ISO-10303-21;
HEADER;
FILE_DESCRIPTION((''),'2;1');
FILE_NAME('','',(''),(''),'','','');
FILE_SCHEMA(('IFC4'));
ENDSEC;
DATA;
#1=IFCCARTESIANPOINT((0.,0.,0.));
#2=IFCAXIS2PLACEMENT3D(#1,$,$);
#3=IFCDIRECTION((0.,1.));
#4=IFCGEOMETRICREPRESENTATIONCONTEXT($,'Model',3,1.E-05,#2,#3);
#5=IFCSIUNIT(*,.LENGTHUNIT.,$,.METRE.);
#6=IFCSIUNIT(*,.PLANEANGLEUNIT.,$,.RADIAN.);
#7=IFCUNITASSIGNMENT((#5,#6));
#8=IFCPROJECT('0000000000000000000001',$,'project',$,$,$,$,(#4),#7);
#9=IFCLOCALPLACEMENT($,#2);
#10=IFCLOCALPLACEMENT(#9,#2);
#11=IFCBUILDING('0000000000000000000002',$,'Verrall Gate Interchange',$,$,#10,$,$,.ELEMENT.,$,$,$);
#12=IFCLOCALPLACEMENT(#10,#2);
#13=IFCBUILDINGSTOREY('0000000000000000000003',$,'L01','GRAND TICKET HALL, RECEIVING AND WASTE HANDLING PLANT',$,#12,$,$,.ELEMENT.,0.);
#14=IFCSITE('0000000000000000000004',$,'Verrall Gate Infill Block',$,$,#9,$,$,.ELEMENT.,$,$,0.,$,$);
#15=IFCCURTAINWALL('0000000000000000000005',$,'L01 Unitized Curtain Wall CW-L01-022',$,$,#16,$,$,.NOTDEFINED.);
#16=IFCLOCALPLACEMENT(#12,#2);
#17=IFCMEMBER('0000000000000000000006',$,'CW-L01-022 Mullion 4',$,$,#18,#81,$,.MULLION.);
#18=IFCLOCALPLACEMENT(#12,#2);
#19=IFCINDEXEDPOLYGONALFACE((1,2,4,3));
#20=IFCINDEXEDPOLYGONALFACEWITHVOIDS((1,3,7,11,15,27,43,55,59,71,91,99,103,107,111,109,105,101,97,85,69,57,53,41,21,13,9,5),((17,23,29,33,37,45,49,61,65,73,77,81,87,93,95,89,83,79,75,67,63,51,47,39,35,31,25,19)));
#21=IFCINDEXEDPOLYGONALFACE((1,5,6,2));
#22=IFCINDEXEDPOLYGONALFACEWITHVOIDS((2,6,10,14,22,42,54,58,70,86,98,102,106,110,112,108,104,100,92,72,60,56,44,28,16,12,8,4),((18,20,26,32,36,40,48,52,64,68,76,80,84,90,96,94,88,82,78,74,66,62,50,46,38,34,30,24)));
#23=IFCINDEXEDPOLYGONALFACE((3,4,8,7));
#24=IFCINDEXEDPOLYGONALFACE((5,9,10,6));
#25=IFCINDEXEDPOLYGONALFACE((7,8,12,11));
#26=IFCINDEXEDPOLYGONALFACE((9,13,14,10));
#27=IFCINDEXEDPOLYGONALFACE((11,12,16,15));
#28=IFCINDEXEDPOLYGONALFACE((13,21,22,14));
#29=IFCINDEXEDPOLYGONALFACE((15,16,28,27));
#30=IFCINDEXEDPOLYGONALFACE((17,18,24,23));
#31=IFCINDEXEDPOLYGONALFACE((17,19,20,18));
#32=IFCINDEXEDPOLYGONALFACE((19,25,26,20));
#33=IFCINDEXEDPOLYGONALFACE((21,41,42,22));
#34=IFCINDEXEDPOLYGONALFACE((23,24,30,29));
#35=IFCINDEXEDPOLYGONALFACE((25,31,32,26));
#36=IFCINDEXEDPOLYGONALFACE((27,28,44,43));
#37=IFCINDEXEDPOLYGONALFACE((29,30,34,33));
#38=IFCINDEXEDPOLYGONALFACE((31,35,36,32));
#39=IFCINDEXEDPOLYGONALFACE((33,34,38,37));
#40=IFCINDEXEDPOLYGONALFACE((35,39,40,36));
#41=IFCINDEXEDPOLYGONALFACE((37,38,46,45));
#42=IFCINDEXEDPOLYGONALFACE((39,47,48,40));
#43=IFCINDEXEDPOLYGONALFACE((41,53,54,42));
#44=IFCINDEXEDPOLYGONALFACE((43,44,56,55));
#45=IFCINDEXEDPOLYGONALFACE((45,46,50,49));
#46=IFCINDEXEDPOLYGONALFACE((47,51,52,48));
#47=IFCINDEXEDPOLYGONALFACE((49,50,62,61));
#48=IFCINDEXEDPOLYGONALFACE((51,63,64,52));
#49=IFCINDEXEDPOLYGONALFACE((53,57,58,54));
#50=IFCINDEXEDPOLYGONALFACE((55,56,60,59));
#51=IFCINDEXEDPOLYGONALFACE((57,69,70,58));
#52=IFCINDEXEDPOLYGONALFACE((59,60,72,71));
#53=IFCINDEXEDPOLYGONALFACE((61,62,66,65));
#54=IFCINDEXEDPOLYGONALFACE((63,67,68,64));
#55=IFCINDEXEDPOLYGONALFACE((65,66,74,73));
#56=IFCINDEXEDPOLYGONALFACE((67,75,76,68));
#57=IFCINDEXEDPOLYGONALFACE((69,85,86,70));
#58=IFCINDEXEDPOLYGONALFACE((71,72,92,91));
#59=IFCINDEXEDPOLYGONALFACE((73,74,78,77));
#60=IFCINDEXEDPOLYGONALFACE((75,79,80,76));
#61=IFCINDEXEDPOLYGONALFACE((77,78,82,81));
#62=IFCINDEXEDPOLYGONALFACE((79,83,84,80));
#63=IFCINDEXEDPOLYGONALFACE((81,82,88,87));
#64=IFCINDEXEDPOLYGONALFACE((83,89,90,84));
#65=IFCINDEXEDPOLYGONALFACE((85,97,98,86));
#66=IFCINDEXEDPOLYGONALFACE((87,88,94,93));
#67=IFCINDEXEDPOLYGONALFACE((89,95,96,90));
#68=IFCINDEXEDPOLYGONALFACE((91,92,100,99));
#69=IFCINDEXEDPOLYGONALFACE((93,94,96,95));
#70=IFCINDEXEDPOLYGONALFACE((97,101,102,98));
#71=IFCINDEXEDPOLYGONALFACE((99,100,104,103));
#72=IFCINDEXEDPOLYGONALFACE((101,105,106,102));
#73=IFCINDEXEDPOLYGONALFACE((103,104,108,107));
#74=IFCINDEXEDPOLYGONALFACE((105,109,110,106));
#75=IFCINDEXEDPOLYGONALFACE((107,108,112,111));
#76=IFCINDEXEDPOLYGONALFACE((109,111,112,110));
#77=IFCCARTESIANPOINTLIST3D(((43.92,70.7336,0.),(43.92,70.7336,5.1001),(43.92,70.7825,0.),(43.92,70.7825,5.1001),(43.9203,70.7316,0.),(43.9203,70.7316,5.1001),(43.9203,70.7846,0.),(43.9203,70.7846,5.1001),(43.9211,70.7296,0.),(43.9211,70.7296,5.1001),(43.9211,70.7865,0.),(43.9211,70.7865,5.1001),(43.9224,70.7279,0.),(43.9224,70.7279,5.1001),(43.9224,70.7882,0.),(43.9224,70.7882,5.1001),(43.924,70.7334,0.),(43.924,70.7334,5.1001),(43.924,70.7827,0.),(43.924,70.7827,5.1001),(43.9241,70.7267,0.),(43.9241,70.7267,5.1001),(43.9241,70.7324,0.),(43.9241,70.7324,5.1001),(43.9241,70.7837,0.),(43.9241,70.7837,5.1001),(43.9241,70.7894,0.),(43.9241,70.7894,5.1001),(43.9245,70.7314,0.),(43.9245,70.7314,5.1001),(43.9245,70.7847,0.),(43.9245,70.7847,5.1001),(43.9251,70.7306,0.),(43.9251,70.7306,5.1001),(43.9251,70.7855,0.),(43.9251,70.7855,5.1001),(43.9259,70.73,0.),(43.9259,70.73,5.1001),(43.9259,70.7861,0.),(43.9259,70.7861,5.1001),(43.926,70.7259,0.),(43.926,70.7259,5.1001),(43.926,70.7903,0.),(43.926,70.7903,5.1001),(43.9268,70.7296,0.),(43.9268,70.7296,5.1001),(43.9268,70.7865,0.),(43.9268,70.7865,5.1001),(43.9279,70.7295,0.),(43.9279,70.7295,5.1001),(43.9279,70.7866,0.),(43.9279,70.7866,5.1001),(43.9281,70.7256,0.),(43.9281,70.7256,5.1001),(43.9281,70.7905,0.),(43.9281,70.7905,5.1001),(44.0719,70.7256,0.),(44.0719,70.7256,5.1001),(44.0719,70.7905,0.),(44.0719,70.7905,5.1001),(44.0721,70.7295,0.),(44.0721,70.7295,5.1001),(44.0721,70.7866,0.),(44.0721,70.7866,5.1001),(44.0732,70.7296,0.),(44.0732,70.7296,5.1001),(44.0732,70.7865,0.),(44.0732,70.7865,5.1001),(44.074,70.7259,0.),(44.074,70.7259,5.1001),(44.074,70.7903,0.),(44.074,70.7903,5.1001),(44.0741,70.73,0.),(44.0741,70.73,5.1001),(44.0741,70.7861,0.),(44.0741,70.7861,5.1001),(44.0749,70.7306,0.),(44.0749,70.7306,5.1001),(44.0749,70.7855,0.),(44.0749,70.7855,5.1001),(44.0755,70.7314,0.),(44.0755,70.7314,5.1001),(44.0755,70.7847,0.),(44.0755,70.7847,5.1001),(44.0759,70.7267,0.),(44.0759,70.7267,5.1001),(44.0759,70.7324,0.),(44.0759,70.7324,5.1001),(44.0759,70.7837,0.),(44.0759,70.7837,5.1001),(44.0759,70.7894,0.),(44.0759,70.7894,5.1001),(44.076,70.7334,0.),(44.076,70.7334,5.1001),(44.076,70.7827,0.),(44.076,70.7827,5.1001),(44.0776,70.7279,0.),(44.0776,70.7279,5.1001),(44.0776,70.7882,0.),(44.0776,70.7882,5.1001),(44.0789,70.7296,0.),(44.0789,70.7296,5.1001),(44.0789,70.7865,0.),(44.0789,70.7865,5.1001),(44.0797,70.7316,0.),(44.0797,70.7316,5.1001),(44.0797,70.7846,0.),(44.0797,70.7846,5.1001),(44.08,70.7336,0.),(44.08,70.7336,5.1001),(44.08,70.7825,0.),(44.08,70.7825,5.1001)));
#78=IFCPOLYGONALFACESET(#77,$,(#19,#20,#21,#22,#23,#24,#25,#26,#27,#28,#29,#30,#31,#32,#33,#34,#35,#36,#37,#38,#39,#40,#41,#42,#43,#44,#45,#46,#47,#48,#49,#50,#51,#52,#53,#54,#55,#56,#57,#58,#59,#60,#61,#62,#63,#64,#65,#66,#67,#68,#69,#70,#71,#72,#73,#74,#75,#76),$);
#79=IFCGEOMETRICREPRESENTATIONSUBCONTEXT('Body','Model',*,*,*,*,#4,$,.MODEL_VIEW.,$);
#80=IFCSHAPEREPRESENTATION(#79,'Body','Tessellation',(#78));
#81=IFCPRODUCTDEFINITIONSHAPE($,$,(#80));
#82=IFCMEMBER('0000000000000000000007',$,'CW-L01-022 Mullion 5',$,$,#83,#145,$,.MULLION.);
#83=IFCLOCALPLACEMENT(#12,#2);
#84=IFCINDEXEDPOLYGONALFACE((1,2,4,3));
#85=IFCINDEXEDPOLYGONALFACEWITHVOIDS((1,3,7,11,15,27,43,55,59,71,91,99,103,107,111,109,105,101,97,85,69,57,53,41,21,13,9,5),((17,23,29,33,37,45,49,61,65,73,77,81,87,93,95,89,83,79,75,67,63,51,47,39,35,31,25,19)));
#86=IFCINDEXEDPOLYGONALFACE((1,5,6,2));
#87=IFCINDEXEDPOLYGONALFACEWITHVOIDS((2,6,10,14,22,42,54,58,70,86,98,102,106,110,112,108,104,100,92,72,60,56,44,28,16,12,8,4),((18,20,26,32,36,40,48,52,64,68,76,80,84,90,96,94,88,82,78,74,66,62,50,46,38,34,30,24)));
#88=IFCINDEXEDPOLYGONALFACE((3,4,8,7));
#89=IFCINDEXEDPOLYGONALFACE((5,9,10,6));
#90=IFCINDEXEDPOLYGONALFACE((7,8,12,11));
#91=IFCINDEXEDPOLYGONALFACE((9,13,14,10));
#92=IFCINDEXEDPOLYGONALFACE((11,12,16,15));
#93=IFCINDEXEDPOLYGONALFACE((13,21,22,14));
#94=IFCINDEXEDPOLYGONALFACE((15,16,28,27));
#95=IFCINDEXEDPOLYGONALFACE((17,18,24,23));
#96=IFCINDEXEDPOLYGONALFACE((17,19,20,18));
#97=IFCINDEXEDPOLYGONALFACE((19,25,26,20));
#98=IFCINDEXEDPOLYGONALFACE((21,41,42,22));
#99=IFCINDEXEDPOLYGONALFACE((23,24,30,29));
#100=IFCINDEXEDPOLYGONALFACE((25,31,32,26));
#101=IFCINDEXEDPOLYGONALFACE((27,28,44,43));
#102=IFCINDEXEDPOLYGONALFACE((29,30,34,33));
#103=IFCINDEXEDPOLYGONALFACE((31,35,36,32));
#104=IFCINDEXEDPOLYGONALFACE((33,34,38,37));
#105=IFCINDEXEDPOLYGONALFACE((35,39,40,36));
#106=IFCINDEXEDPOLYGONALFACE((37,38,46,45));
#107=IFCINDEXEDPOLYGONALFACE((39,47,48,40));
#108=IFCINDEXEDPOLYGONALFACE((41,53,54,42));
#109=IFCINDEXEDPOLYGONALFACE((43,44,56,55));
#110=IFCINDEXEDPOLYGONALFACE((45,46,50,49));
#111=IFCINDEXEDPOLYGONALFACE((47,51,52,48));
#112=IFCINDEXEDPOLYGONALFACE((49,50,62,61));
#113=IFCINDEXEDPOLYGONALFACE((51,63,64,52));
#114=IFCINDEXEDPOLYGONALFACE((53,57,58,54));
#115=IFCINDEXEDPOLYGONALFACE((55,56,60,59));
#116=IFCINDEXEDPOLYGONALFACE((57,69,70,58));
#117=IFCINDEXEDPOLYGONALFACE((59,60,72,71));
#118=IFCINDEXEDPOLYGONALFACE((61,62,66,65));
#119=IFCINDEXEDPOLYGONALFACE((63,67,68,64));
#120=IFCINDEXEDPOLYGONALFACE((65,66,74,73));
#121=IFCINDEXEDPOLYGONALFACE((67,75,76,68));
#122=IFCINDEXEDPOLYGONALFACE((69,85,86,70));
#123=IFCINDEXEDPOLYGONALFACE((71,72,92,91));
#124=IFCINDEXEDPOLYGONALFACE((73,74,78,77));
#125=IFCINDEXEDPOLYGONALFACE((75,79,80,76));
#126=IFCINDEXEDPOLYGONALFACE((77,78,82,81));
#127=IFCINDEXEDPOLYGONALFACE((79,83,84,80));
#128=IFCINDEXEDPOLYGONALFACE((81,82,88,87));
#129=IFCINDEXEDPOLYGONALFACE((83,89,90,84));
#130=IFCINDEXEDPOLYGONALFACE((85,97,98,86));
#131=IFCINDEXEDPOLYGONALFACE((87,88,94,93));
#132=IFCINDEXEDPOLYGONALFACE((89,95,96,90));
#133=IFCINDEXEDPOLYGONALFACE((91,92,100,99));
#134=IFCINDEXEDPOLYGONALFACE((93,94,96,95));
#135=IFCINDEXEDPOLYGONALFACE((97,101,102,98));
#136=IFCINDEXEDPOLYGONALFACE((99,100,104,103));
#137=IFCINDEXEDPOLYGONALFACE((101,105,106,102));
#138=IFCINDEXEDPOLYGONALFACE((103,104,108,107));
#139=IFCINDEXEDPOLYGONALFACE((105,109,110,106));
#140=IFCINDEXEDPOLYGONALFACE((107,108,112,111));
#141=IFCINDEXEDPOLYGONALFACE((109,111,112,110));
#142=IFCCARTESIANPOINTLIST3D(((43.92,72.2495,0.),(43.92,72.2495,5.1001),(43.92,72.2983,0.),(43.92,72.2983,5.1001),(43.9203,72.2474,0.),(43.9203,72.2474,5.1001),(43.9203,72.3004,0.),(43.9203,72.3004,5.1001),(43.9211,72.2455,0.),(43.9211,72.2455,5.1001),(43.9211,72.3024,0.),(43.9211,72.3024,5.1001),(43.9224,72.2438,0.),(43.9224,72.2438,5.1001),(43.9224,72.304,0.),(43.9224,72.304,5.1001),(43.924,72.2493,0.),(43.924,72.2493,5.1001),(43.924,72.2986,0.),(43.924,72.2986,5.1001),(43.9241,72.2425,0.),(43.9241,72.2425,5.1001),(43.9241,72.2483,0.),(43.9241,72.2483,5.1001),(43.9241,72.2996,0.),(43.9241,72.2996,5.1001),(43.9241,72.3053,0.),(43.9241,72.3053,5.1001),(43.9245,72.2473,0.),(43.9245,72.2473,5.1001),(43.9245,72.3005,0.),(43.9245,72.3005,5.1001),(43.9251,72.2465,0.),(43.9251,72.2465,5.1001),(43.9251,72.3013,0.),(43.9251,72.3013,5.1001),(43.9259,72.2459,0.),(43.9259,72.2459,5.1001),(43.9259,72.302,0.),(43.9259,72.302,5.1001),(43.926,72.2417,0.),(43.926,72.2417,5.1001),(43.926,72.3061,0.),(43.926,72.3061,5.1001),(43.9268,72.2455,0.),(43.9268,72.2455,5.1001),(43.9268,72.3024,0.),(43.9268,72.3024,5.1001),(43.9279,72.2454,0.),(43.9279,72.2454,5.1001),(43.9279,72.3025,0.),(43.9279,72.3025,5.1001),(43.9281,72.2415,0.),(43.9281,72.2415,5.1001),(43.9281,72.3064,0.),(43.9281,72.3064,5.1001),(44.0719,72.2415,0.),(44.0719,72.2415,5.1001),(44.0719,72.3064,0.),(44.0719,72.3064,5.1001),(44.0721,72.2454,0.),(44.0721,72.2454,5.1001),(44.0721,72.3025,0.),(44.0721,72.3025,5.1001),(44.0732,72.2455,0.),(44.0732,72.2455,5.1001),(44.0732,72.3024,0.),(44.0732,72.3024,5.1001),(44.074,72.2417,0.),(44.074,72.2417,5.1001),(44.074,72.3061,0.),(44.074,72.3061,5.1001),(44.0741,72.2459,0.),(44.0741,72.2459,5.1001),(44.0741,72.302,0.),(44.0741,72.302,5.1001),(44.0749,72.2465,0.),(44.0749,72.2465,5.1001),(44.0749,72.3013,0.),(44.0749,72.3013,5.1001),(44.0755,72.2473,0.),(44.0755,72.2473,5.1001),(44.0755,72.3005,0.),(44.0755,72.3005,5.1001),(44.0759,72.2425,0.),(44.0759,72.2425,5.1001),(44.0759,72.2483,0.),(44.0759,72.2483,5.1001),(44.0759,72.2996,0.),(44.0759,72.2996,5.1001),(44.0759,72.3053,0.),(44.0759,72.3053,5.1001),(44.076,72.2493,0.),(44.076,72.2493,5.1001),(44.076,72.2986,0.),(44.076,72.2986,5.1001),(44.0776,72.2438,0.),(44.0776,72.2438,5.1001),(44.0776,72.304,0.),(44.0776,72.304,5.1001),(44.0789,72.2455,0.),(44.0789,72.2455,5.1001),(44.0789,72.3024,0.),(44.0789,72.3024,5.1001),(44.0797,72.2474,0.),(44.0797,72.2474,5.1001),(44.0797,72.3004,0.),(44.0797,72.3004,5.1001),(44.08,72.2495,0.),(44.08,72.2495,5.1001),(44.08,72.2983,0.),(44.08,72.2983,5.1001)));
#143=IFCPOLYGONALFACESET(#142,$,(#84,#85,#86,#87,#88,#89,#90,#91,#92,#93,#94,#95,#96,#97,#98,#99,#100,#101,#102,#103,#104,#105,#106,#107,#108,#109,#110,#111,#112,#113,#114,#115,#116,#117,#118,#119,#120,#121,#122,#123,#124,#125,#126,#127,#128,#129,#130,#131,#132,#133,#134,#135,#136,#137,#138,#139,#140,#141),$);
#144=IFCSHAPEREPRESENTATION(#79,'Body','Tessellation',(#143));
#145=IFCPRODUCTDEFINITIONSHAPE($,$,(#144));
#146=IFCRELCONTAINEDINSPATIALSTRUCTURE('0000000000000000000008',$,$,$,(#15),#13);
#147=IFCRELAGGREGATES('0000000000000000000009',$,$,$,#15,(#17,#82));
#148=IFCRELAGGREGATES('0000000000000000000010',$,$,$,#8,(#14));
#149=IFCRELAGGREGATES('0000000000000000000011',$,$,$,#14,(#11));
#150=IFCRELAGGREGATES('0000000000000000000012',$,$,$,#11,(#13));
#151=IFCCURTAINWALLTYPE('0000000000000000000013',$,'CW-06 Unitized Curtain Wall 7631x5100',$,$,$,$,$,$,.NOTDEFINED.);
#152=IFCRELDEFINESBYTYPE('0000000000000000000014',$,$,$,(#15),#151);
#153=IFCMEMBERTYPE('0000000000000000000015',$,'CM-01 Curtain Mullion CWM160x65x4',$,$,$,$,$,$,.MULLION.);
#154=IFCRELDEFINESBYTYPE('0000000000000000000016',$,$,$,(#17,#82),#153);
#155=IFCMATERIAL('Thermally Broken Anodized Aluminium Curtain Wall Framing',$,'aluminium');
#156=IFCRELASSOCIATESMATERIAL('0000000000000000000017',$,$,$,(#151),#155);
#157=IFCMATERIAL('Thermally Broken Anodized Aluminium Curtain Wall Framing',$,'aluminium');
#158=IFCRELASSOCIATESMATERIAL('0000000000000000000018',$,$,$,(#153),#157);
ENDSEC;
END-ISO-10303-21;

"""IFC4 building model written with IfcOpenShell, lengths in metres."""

from ifc_helpers import new_model, si_unit, direction, frame, origin, origin_2d, place, context, subcontext, project, spatial, hollow_rectangle, extrude, material, material_profile, profile_set, type_object, element, aggregate, save


model = new_model("IFC4")

# Units and contexts
model_context = context("Model", 3, precision=1e-05, world=origin(), true_north=direction((0.0, 1.0)))
body_context = subcontext(model_context, "Body", "Model", "MODEL_VIEW")
ifc_project = project(units=[si_unit("LENGTHUNIT", "METRE"), si_unit("PLANEANGLEUNIT", "RADIAN")], contexts=[model_context])

# Site, building, storey
site_placement = place(None, origin())
site = spatial("IfcSite", under=ifc_project, at=site_placement, Name="Verrall Gate Infill Block", CompositionType="ELEMENT", RefElevation=0.0)
building_placement = place(site_placement, origin())
building = spatial("IfcBuilding", under=site, at=building_placement, Name="Verrall Gate Interchange", CompositionType="ELEMENT")
storey_placement = place(building_placement, origin())
storey = spatial("IfcBuildingStorey", under=building, at=storey_placement, Name="L01", Description="GRAND TICKET HALL, RECEIVING AND WASTE HANDLING PLANT", CompositionType="ELEMENT", Elevation=0.0)

# Curtain wall, members
ifc_material_1 = material(Name="Thermally Broken Anodized Aluminium Curtain Wall Framing", Category="aluminium")
curtain_wall_type = type_object("IfcCurtainWallType", Name="CW-06 Unitized Curtain Wall 7631x5100", PredefinedType="NOTDEFINED", material=ifc_material_1)
curtain_wall_placement = place(storey_placement, origin())
curtain_wall = element("IfcCurtainWall", 1, at=curtain_wall_placement, inside=storey, type_object=curtain_wall_type, Name="L01 Unitized Curtain Wall CW-L01-022", PredefinedType="NOTDEFINED")
ifc_material_2 = material(Name="Thermally Broken Anodized Aluminium Curtain Wall Framing", Category="aluminium")
ifc_material_profile_1 = material_profile(ifc_material_2, hollow_rectangle(XDim=0.0649, YDim=0.1599, WallThickness=0.0039, InnerFilletRadius=0.0039, OuterFilletRadius=0.0081, at=origin_2d()), Name="CWM160x65x4")
ifc_profile_set_1 = profile_set([ifc_material_profile_1], Name="Thermally Broken Anodized Aluminium Curtain Wall Framing")
member_type = type_object("IfcMemberType", Name="CM-01 Curtain Mullion CWM160x65x4", PredefinedType="MULLION", material=ifc_profile_set_1)
member_1_placement = place(storey_placement, frame((44.0, 70.7581, 0.0), z_axis=(0.0, 0.0, 1.0), x_axis=(0.0, 1.0, 0.0)))
member_1 = element("IfcMember", 2, at=member_1_placement, type_object=member_type, Name="CW-L01-022 Mullion 4", PredefinedType="MULLION", context=body_context, shape_type="SweptSolid", body=[
    extrude(hollow_rectangle(XDim=0.0649, YDim=0.1599, WallThickness=0.0039, InnerFilletRadius=0.0039, OuterFilletRadius=0.0081, at=origin_2d()), origin(), (0.0, 0.0, 1.0), 5.1001),
])
member_2_placement = place(storey_placement, frame((44.0, 72.2739, 0.0), z_axis=(0.0, 0.0, 1.0), x_axis=(0.0, 1.0, 0.0)))
member_2 = element("IfcMember", 3, at=member_2_placement, type_object=member_type, Name="CW-L01-022 Mullion 5", PredefinedType="MULLION", context=body_context, shape_type="SweptSolid", body=[
    extrude(hollow_rectangle(XDim=0.0649, YDim=0.1599, WallThickness=0.0039, InnerFilletRadius=0.0039, OuterFilletRadius=0.0081, at=origin_2d()), origin(), (0.0, 0.0, 1.0), 5.1001),
])
aggregate(curtain_wall, [member_1, member_2])

save(model, "model.ifc")
